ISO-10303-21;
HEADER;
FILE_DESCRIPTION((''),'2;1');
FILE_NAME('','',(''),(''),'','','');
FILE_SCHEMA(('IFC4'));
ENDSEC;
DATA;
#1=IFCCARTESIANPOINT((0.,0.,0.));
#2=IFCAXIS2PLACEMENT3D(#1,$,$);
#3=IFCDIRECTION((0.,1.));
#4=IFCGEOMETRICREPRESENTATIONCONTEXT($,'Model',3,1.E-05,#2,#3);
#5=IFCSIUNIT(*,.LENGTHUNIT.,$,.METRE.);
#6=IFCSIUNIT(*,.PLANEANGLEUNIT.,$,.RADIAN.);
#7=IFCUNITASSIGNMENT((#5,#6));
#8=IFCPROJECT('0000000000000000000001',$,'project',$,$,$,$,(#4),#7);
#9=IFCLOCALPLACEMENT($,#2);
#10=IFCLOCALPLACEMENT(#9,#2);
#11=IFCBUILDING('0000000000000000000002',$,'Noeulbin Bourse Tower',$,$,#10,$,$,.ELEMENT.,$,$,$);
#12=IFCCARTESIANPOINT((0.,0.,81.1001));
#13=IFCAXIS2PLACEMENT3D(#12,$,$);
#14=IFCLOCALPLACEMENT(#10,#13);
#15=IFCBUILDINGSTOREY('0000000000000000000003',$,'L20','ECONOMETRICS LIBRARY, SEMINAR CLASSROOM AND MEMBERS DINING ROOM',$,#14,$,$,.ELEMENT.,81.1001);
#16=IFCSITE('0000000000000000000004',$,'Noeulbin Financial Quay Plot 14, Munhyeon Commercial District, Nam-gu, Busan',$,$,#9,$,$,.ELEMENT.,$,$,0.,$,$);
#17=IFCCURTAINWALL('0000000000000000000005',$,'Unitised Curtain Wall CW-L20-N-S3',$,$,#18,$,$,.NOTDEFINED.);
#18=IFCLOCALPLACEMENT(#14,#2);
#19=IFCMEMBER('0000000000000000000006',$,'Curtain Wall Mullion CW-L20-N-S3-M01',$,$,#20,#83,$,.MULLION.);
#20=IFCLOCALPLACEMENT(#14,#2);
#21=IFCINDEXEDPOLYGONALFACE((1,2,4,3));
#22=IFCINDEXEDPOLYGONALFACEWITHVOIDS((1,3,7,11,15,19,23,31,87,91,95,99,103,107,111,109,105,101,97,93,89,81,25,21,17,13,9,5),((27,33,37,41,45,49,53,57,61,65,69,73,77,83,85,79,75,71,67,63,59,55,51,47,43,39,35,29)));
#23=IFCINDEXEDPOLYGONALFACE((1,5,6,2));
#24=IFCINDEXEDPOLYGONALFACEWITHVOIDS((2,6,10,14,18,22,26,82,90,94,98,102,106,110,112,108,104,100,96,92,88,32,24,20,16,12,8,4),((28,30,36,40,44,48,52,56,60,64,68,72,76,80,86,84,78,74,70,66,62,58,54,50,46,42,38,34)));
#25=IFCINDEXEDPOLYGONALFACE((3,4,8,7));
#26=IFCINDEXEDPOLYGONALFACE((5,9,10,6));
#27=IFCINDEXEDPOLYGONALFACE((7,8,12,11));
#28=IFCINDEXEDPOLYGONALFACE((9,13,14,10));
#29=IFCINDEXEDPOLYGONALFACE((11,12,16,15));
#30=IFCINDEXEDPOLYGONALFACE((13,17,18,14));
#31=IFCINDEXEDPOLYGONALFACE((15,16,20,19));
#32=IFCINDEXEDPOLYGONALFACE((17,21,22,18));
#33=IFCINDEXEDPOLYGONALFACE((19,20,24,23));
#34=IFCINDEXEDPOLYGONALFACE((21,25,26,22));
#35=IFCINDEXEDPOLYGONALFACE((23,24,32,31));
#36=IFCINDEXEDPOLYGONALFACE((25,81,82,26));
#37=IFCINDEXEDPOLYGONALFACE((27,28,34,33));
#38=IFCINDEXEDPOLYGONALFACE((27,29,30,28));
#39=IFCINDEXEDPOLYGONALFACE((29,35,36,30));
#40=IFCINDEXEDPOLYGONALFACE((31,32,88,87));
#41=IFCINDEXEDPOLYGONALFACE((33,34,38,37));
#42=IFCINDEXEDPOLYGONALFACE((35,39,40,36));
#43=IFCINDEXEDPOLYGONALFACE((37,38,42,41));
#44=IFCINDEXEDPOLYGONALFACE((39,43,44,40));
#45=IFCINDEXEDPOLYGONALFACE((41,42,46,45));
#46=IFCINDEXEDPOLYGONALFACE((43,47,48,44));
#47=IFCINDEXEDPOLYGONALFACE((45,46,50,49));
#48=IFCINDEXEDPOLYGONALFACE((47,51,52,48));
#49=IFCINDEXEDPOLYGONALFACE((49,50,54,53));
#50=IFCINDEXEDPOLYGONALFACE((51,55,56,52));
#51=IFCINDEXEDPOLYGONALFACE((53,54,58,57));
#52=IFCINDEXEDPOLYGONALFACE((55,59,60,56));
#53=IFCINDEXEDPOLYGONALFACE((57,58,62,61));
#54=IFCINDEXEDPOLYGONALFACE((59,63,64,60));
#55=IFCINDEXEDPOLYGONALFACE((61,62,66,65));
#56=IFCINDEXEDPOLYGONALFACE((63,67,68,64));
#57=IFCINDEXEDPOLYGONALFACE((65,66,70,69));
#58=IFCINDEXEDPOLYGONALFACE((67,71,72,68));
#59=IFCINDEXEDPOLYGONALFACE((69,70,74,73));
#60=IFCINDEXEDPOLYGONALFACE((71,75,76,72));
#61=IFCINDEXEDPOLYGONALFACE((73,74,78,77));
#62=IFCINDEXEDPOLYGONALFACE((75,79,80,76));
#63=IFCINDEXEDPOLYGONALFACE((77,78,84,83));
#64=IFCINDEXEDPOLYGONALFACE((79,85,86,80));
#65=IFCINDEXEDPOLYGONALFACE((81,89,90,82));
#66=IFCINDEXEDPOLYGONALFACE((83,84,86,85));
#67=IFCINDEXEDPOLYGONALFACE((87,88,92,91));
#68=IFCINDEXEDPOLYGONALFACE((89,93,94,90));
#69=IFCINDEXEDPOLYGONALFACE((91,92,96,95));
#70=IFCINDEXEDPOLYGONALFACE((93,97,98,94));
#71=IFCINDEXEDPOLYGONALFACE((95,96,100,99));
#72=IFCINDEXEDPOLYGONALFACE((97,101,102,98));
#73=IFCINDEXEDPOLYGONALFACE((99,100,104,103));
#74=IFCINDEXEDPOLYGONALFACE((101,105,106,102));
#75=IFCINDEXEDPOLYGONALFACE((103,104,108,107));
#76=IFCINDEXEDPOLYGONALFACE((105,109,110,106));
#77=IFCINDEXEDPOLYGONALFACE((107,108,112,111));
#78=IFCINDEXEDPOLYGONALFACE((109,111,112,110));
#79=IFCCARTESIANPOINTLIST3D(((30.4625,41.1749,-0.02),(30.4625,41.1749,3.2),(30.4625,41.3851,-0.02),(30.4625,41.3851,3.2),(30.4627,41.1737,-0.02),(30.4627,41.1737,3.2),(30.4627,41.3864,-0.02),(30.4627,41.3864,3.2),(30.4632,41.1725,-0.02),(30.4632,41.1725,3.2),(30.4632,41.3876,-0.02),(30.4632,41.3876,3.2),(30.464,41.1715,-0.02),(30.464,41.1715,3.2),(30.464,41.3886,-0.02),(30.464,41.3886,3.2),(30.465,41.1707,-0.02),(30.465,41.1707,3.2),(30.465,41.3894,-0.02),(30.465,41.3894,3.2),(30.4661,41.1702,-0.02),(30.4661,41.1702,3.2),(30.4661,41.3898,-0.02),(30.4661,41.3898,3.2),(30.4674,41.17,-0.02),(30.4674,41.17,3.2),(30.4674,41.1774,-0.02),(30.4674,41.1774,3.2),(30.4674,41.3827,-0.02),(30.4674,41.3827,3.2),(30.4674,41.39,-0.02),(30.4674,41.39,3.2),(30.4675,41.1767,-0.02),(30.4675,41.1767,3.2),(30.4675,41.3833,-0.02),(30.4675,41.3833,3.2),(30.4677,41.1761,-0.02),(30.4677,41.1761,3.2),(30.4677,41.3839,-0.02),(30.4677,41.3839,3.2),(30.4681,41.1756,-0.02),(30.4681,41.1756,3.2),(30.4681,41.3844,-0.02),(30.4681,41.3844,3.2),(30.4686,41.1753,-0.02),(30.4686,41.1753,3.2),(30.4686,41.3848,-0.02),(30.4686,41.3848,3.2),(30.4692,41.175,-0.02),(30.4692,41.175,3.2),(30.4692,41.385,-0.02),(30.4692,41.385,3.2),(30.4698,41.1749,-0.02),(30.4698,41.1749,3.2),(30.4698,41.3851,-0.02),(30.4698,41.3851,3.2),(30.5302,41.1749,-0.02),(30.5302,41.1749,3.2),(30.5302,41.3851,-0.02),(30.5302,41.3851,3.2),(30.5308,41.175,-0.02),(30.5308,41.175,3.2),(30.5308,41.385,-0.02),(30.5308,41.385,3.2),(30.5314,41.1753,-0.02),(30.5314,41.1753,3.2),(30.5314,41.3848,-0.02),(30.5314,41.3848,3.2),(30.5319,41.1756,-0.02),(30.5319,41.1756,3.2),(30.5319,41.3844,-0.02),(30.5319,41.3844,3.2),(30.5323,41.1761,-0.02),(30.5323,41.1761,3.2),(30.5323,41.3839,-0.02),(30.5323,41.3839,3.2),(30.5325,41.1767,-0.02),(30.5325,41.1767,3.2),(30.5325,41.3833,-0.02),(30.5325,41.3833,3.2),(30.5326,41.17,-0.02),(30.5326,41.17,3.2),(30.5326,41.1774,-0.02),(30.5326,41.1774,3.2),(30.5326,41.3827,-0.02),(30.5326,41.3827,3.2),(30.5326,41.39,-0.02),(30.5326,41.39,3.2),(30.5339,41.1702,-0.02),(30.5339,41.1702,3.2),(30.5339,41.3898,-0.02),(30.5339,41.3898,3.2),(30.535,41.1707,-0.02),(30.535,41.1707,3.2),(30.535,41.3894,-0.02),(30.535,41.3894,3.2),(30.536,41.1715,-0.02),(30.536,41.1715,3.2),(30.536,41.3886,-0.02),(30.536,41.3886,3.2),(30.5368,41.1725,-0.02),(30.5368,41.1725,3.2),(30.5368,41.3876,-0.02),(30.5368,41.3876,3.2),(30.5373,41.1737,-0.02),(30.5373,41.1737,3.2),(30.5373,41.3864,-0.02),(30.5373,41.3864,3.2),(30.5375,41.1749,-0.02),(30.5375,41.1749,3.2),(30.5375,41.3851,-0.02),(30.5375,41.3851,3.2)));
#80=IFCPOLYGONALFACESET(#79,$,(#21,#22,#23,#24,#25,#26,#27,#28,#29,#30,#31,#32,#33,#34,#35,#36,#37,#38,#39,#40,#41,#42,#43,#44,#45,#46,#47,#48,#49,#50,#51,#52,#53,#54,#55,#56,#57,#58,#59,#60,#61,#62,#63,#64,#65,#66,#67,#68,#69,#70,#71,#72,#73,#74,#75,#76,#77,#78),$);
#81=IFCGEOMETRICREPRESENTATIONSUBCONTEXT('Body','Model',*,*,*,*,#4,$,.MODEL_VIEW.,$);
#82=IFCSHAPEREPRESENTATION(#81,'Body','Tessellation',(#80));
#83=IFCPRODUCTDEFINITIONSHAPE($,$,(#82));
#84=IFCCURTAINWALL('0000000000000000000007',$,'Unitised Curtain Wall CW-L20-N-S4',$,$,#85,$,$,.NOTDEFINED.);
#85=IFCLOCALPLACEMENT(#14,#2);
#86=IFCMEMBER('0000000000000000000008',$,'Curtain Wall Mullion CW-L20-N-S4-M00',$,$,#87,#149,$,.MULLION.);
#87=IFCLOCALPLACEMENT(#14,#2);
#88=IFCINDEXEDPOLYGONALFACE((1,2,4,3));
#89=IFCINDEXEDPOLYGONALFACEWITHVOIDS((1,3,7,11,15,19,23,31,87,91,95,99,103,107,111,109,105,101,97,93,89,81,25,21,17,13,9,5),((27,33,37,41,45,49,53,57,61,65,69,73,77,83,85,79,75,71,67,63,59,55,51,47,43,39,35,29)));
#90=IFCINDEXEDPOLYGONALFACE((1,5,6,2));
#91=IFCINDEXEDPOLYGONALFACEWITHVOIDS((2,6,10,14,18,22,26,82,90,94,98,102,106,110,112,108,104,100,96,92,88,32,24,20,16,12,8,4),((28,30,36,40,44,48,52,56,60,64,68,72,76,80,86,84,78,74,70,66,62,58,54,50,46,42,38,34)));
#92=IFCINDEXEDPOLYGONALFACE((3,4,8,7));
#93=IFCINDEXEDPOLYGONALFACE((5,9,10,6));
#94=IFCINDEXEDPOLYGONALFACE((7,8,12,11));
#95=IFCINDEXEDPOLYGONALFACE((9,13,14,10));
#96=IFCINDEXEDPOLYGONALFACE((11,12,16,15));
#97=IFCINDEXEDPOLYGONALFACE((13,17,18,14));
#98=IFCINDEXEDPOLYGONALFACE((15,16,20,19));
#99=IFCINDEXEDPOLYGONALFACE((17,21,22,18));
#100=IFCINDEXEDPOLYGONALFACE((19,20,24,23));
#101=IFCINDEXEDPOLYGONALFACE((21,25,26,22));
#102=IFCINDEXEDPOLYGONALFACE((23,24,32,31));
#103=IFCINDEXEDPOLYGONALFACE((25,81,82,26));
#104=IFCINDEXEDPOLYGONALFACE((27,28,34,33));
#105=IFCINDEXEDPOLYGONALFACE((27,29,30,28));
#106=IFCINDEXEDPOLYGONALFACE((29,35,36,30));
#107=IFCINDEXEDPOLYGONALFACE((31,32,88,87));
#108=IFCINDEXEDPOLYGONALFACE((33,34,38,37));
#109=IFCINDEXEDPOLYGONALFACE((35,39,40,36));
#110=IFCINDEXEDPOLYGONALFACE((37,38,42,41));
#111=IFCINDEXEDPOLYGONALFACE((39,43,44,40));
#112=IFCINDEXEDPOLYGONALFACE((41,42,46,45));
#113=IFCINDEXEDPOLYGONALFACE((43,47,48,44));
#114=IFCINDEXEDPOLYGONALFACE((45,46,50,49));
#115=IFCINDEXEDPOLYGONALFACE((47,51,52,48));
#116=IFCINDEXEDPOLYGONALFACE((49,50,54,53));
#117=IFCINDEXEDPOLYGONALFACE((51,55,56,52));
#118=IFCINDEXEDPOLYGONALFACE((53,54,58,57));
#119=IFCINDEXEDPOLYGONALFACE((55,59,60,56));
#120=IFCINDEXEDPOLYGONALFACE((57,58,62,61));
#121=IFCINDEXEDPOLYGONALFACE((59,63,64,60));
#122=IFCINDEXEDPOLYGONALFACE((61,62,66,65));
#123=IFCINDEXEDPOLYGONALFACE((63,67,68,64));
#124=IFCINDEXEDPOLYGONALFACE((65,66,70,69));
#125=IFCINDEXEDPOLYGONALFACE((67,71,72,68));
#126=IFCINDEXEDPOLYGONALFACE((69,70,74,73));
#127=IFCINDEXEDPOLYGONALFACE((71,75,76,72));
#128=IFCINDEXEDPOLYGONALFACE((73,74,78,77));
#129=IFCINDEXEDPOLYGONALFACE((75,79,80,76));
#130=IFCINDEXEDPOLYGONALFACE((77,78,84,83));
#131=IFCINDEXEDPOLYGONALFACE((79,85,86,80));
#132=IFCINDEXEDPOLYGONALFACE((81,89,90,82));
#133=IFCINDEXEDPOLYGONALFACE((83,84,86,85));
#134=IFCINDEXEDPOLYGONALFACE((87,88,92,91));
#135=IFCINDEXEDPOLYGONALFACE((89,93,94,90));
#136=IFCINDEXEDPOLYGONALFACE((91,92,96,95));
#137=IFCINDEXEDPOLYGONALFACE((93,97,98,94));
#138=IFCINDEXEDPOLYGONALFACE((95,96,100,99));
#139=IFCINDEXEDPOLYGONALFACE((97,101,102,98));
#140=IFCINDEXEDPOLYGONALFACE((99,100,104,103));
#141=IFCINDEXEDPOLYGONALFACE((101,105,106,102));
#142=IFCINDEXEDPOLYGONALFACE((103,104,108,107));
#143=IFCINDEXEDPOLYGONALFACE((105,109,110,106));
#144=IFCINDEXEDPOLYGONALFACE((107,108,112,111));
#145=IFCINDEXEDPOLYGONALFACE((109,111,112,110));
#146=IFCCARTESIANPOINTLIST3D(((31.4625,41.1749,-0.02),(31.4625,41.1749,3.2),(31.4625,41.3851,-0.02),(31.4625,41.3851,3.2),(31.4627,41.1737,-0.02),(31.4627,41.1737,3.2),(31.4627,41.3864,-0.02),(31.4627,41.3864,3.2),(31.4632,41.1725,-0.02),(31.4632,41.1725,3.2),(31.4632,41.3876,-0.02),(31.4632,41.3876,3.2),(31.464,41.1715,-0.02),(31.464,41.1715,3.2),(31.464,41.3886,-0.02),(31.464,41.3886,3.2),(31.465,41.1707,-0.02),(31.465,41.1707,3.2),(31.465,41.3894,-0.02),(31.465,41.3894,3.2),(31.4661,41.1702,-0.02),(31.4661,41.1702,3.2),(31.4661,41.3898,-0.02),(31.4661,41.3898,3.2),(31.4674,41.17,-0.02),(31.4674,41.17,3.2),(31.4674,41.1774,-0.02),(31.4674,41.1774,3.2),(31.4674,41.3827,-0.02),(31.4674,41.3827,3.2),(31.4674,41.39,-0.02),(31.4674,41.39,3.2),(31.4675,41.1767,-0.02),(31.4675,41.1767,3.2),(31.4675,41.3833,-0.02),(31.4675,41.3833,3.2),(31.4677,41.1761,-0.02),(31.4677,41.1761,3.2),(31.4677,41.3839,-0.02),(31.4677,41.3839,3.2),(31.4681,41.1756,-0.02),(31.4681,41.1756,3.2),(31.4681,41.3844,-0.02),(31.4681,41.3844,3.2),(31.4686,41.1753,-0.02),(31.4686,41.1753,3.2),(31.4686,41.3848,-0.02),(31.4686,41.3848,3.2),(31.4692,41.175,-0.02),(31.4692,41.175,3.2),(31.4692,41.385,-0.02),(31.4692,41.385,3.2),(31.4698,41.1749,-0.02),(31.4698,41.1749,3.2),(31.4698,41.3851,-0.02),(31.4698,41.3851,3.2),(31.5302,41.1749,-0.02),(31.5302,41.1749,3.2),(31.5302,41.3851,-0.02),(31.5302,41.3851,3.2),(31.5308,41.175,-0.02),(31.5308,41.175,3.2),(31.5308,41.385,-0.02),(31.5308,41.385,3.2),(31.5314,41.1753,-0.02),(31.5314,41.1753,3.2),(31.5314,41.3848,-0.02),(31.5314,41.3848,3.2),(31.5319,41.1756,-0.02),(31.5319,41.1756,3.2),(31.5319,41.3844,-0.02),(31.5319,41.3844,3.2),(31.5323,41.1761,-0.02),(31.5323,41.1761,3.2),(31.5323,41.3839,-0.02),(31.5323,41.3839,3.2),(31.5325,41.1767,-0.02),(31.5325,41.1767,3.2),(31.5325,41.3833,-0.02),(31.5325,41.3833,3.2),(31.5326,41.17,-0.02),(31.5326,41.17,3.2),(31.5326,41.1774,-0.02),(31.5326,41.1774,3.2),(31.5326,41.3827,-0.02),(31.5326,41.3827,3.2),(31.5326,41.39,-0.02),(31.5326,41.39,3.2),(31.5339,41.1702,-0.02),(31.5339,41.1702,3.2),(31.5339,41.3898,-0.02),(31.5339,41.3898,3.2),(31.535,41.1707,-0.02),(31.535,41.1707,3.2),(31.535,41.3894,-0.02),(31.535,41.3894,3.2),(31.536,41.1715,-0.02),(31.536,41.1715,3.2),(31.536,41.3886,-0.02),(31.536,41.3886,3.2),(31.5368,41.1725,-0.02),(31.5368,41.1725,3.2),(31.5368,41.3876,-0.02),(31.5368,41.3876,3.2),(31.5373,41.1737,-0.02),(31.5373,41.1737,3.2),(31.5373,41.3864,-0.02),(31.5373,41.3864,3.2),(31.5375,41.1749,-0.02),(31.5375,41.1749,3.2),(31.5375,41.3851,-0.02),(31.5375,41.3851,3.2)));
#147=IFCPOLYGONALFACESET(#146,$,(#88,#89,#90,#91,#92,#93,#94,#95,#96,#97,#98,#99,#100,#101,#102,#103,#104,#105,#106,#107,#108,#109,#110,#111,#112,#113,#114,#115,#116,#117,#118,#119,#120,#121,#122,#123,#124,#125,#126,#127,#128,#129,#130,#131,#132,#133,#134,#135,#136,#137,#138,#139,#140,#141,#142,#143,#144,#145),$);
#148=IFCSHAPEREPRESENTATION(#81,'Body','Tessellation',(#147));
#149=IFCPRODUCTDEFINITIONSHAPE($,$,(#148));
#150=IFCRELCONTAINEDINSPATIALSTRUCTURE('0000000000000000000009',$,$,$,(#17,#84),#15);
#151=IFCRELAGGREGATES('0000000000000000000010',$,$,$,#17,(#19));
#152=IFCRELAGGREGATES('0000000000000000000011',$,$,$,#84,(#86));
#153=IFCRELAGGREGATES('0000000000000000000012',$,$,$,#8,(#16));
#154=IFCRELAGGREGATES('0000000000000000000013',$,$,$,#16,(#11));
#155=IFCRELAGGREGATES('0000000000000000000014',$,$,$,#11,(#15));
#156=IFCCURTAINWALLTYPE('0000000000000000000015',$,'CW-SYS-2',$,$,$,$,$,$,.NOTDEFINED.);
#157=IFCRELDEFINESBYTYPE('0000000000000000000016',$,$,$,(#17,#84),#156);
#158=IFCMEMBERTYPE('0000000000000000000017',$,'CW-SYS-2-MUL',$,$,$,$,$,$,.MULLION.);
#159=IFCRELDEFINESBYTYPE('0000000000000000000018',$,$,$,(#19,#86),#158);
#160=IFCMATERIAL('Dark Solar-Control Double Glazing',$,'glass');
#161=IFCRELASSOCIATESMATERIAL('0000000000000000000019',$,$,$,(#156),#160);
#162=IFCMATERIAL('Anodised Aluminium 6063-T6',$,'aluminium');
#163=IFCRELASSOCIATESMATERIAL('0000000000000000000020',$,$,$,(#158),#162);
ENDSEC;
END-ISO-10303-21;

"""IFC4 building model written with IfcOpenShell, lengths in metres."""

from ifc_helpers import new_model, si_unit, direction, frame, origin, origin_2d, place, context, subcontext, project, spatial, hollow_rectangle, extrude, material, material_profile, profile_set, type_object, element, aggregate, save


model = new_model("IFC4")

# Units and contexts
model_context = context("Model", 3, precision=1e-05, world=origin(), true_north=direction((0.0, 1.0)))
body_context = subcontext(model_context, "Body", "Model", "MODEL_VIEW")
ifc_project = project(units=[si_unit("LENGTHUNIT", "METRE"), si_unit("PLANEANGLEUNIT", "RADIAN")], contexts=[model_context])

# Site, building, storey
site_placement = place(None, origin())
site = spatial("IfcSite", under=ifc_project, at=site_placement, Name="Noeulbin Financial Quay Plot 14, Munhyeon Commercial District, Nam-gu, Busan", CompositionType="ELEMENT", RefElevation=0.0)
building_placement = place(site_placement, origin())
building = spatial("IfcBuilding", under=site, at=building_placement, Name="Noeulbin Bourse Tower", CompositionType="ELEMENT")
storey_placement = place(building_placement, frame((0.0, 0.0, 81.1001)))
storey = spatial("IfcBuildingStorey", under=building, at=storey_placement, Name="L20", Description="ECONOMETRICS LIBRARY, SEMINAR CLASSROOM AND MEMBERS DINING ROOM", CompositionType="ELEMENT", Elevation=81.1001)

# Curtain wall, member
ifc_material_1 = material(Name="Dark Solar-Control Double Glazing", Category="glass")
curtain_wall_type = type_object("IfcCurtainWallType", Name="CW-SYS-2", PredefinedType="NOTDEFINED", material=ifc_material_1)
curtain_wall_1_placement = place(storey_placement, origin())
curtain_wall_1 = element("IfcCurtainWall", 1, at=curtain_wall_1_placement, inside=storey, type_object=curtain_wall_type, Name="Unitised Curtain Wall CW-L20-N-S3", PredefinedType="NOTDEFINED")
ifc_material_2 = material(Name="Anodised Aluminium 6063-T6", Category="aluminium")
ifc_material_profile_1 = material_profile(ifc_material_2, hollow_rectangle(XDim=0.075, YDim=0.22, WallThickness=0.0049, InnerFilletRadius=0.0024, OuterFilletRadius=0.0049, at=origin_2d()), Name="ALU-MULL-75x220x5", Category="LoadBearing")
ifc_profile_set_1 = profile_set([ifc_material_profile_1], Name="Anodised Aluminium 6063-T6")
member_type_1 = type_object("IfcMemberType", Name="CW-SYS-2-MUL", PredefinedType="MULLION", material=ifc_profile_set_1)
member_1_placement = place(storey_placement, frame((30.5, 41.28, -0.02), z_axis=(0.0, 0.0, 1.0), x_axis=(1.0, 0.0, 0.0)))
member_1 = element("IfcMember", 2, at=member_1_placement, type_object=member_type_1, Name="Curtain Wall Mullion CW-L20-N-S3-M01", PredefinedType="MULLION", context=body_context, shape_type="SweptSolid", body=[
    extrude(hollow_rectangle(XDim=0.075, YDim=0.22, WallThickness=0.0049, InnerFilletRadius=0.0024, OuterFilletRadius=0.0049, at=origin_2d()), origin(), (0.0, 0.0, 1.0), 3.22),
])
aggregate(curtain_wall_1, [member_1])

# Curtain wall, member
curtain_wall_2_placement = place(storey_placement, origin())
curtain_wall_2 = element("IfcCurtainWall", 3, at=curtain_wall_2_placement, inside=storey, type_object=curtain_wall_type, Name="Unitised Curtain Wall CW-L20-N-S4", PredefinedType="NOTDEFINED")
member_2_placement = place(storey_placement, frame((31.5, 41.28, -0.02), z_axis=(0.0, 0.0, 1.0), x_axis=(1.0, 0.0, 0.0)))
member_2 = element("IfcMember", 4, at=member_2_placement, type_object=member_type_1, Name="Curtain Wall Mullion CW-L20-N-S4-M00", PredefinedType="MULLION", context=body_context, shape_type="SweptSolid", body=[
    extrude(hollow_rectangle(XDim=0.075, YDim=0.22, WallThickness=0.0049, InnerFilletRadius=0.0024, OuterFilletRadius=0.0049, at=origin_2d()), origin(), (0.0, 0.0, 1.0), 3.22),
])

aggregate(curtain_wall_2, [member_2])

save(model, "model.ifc")
